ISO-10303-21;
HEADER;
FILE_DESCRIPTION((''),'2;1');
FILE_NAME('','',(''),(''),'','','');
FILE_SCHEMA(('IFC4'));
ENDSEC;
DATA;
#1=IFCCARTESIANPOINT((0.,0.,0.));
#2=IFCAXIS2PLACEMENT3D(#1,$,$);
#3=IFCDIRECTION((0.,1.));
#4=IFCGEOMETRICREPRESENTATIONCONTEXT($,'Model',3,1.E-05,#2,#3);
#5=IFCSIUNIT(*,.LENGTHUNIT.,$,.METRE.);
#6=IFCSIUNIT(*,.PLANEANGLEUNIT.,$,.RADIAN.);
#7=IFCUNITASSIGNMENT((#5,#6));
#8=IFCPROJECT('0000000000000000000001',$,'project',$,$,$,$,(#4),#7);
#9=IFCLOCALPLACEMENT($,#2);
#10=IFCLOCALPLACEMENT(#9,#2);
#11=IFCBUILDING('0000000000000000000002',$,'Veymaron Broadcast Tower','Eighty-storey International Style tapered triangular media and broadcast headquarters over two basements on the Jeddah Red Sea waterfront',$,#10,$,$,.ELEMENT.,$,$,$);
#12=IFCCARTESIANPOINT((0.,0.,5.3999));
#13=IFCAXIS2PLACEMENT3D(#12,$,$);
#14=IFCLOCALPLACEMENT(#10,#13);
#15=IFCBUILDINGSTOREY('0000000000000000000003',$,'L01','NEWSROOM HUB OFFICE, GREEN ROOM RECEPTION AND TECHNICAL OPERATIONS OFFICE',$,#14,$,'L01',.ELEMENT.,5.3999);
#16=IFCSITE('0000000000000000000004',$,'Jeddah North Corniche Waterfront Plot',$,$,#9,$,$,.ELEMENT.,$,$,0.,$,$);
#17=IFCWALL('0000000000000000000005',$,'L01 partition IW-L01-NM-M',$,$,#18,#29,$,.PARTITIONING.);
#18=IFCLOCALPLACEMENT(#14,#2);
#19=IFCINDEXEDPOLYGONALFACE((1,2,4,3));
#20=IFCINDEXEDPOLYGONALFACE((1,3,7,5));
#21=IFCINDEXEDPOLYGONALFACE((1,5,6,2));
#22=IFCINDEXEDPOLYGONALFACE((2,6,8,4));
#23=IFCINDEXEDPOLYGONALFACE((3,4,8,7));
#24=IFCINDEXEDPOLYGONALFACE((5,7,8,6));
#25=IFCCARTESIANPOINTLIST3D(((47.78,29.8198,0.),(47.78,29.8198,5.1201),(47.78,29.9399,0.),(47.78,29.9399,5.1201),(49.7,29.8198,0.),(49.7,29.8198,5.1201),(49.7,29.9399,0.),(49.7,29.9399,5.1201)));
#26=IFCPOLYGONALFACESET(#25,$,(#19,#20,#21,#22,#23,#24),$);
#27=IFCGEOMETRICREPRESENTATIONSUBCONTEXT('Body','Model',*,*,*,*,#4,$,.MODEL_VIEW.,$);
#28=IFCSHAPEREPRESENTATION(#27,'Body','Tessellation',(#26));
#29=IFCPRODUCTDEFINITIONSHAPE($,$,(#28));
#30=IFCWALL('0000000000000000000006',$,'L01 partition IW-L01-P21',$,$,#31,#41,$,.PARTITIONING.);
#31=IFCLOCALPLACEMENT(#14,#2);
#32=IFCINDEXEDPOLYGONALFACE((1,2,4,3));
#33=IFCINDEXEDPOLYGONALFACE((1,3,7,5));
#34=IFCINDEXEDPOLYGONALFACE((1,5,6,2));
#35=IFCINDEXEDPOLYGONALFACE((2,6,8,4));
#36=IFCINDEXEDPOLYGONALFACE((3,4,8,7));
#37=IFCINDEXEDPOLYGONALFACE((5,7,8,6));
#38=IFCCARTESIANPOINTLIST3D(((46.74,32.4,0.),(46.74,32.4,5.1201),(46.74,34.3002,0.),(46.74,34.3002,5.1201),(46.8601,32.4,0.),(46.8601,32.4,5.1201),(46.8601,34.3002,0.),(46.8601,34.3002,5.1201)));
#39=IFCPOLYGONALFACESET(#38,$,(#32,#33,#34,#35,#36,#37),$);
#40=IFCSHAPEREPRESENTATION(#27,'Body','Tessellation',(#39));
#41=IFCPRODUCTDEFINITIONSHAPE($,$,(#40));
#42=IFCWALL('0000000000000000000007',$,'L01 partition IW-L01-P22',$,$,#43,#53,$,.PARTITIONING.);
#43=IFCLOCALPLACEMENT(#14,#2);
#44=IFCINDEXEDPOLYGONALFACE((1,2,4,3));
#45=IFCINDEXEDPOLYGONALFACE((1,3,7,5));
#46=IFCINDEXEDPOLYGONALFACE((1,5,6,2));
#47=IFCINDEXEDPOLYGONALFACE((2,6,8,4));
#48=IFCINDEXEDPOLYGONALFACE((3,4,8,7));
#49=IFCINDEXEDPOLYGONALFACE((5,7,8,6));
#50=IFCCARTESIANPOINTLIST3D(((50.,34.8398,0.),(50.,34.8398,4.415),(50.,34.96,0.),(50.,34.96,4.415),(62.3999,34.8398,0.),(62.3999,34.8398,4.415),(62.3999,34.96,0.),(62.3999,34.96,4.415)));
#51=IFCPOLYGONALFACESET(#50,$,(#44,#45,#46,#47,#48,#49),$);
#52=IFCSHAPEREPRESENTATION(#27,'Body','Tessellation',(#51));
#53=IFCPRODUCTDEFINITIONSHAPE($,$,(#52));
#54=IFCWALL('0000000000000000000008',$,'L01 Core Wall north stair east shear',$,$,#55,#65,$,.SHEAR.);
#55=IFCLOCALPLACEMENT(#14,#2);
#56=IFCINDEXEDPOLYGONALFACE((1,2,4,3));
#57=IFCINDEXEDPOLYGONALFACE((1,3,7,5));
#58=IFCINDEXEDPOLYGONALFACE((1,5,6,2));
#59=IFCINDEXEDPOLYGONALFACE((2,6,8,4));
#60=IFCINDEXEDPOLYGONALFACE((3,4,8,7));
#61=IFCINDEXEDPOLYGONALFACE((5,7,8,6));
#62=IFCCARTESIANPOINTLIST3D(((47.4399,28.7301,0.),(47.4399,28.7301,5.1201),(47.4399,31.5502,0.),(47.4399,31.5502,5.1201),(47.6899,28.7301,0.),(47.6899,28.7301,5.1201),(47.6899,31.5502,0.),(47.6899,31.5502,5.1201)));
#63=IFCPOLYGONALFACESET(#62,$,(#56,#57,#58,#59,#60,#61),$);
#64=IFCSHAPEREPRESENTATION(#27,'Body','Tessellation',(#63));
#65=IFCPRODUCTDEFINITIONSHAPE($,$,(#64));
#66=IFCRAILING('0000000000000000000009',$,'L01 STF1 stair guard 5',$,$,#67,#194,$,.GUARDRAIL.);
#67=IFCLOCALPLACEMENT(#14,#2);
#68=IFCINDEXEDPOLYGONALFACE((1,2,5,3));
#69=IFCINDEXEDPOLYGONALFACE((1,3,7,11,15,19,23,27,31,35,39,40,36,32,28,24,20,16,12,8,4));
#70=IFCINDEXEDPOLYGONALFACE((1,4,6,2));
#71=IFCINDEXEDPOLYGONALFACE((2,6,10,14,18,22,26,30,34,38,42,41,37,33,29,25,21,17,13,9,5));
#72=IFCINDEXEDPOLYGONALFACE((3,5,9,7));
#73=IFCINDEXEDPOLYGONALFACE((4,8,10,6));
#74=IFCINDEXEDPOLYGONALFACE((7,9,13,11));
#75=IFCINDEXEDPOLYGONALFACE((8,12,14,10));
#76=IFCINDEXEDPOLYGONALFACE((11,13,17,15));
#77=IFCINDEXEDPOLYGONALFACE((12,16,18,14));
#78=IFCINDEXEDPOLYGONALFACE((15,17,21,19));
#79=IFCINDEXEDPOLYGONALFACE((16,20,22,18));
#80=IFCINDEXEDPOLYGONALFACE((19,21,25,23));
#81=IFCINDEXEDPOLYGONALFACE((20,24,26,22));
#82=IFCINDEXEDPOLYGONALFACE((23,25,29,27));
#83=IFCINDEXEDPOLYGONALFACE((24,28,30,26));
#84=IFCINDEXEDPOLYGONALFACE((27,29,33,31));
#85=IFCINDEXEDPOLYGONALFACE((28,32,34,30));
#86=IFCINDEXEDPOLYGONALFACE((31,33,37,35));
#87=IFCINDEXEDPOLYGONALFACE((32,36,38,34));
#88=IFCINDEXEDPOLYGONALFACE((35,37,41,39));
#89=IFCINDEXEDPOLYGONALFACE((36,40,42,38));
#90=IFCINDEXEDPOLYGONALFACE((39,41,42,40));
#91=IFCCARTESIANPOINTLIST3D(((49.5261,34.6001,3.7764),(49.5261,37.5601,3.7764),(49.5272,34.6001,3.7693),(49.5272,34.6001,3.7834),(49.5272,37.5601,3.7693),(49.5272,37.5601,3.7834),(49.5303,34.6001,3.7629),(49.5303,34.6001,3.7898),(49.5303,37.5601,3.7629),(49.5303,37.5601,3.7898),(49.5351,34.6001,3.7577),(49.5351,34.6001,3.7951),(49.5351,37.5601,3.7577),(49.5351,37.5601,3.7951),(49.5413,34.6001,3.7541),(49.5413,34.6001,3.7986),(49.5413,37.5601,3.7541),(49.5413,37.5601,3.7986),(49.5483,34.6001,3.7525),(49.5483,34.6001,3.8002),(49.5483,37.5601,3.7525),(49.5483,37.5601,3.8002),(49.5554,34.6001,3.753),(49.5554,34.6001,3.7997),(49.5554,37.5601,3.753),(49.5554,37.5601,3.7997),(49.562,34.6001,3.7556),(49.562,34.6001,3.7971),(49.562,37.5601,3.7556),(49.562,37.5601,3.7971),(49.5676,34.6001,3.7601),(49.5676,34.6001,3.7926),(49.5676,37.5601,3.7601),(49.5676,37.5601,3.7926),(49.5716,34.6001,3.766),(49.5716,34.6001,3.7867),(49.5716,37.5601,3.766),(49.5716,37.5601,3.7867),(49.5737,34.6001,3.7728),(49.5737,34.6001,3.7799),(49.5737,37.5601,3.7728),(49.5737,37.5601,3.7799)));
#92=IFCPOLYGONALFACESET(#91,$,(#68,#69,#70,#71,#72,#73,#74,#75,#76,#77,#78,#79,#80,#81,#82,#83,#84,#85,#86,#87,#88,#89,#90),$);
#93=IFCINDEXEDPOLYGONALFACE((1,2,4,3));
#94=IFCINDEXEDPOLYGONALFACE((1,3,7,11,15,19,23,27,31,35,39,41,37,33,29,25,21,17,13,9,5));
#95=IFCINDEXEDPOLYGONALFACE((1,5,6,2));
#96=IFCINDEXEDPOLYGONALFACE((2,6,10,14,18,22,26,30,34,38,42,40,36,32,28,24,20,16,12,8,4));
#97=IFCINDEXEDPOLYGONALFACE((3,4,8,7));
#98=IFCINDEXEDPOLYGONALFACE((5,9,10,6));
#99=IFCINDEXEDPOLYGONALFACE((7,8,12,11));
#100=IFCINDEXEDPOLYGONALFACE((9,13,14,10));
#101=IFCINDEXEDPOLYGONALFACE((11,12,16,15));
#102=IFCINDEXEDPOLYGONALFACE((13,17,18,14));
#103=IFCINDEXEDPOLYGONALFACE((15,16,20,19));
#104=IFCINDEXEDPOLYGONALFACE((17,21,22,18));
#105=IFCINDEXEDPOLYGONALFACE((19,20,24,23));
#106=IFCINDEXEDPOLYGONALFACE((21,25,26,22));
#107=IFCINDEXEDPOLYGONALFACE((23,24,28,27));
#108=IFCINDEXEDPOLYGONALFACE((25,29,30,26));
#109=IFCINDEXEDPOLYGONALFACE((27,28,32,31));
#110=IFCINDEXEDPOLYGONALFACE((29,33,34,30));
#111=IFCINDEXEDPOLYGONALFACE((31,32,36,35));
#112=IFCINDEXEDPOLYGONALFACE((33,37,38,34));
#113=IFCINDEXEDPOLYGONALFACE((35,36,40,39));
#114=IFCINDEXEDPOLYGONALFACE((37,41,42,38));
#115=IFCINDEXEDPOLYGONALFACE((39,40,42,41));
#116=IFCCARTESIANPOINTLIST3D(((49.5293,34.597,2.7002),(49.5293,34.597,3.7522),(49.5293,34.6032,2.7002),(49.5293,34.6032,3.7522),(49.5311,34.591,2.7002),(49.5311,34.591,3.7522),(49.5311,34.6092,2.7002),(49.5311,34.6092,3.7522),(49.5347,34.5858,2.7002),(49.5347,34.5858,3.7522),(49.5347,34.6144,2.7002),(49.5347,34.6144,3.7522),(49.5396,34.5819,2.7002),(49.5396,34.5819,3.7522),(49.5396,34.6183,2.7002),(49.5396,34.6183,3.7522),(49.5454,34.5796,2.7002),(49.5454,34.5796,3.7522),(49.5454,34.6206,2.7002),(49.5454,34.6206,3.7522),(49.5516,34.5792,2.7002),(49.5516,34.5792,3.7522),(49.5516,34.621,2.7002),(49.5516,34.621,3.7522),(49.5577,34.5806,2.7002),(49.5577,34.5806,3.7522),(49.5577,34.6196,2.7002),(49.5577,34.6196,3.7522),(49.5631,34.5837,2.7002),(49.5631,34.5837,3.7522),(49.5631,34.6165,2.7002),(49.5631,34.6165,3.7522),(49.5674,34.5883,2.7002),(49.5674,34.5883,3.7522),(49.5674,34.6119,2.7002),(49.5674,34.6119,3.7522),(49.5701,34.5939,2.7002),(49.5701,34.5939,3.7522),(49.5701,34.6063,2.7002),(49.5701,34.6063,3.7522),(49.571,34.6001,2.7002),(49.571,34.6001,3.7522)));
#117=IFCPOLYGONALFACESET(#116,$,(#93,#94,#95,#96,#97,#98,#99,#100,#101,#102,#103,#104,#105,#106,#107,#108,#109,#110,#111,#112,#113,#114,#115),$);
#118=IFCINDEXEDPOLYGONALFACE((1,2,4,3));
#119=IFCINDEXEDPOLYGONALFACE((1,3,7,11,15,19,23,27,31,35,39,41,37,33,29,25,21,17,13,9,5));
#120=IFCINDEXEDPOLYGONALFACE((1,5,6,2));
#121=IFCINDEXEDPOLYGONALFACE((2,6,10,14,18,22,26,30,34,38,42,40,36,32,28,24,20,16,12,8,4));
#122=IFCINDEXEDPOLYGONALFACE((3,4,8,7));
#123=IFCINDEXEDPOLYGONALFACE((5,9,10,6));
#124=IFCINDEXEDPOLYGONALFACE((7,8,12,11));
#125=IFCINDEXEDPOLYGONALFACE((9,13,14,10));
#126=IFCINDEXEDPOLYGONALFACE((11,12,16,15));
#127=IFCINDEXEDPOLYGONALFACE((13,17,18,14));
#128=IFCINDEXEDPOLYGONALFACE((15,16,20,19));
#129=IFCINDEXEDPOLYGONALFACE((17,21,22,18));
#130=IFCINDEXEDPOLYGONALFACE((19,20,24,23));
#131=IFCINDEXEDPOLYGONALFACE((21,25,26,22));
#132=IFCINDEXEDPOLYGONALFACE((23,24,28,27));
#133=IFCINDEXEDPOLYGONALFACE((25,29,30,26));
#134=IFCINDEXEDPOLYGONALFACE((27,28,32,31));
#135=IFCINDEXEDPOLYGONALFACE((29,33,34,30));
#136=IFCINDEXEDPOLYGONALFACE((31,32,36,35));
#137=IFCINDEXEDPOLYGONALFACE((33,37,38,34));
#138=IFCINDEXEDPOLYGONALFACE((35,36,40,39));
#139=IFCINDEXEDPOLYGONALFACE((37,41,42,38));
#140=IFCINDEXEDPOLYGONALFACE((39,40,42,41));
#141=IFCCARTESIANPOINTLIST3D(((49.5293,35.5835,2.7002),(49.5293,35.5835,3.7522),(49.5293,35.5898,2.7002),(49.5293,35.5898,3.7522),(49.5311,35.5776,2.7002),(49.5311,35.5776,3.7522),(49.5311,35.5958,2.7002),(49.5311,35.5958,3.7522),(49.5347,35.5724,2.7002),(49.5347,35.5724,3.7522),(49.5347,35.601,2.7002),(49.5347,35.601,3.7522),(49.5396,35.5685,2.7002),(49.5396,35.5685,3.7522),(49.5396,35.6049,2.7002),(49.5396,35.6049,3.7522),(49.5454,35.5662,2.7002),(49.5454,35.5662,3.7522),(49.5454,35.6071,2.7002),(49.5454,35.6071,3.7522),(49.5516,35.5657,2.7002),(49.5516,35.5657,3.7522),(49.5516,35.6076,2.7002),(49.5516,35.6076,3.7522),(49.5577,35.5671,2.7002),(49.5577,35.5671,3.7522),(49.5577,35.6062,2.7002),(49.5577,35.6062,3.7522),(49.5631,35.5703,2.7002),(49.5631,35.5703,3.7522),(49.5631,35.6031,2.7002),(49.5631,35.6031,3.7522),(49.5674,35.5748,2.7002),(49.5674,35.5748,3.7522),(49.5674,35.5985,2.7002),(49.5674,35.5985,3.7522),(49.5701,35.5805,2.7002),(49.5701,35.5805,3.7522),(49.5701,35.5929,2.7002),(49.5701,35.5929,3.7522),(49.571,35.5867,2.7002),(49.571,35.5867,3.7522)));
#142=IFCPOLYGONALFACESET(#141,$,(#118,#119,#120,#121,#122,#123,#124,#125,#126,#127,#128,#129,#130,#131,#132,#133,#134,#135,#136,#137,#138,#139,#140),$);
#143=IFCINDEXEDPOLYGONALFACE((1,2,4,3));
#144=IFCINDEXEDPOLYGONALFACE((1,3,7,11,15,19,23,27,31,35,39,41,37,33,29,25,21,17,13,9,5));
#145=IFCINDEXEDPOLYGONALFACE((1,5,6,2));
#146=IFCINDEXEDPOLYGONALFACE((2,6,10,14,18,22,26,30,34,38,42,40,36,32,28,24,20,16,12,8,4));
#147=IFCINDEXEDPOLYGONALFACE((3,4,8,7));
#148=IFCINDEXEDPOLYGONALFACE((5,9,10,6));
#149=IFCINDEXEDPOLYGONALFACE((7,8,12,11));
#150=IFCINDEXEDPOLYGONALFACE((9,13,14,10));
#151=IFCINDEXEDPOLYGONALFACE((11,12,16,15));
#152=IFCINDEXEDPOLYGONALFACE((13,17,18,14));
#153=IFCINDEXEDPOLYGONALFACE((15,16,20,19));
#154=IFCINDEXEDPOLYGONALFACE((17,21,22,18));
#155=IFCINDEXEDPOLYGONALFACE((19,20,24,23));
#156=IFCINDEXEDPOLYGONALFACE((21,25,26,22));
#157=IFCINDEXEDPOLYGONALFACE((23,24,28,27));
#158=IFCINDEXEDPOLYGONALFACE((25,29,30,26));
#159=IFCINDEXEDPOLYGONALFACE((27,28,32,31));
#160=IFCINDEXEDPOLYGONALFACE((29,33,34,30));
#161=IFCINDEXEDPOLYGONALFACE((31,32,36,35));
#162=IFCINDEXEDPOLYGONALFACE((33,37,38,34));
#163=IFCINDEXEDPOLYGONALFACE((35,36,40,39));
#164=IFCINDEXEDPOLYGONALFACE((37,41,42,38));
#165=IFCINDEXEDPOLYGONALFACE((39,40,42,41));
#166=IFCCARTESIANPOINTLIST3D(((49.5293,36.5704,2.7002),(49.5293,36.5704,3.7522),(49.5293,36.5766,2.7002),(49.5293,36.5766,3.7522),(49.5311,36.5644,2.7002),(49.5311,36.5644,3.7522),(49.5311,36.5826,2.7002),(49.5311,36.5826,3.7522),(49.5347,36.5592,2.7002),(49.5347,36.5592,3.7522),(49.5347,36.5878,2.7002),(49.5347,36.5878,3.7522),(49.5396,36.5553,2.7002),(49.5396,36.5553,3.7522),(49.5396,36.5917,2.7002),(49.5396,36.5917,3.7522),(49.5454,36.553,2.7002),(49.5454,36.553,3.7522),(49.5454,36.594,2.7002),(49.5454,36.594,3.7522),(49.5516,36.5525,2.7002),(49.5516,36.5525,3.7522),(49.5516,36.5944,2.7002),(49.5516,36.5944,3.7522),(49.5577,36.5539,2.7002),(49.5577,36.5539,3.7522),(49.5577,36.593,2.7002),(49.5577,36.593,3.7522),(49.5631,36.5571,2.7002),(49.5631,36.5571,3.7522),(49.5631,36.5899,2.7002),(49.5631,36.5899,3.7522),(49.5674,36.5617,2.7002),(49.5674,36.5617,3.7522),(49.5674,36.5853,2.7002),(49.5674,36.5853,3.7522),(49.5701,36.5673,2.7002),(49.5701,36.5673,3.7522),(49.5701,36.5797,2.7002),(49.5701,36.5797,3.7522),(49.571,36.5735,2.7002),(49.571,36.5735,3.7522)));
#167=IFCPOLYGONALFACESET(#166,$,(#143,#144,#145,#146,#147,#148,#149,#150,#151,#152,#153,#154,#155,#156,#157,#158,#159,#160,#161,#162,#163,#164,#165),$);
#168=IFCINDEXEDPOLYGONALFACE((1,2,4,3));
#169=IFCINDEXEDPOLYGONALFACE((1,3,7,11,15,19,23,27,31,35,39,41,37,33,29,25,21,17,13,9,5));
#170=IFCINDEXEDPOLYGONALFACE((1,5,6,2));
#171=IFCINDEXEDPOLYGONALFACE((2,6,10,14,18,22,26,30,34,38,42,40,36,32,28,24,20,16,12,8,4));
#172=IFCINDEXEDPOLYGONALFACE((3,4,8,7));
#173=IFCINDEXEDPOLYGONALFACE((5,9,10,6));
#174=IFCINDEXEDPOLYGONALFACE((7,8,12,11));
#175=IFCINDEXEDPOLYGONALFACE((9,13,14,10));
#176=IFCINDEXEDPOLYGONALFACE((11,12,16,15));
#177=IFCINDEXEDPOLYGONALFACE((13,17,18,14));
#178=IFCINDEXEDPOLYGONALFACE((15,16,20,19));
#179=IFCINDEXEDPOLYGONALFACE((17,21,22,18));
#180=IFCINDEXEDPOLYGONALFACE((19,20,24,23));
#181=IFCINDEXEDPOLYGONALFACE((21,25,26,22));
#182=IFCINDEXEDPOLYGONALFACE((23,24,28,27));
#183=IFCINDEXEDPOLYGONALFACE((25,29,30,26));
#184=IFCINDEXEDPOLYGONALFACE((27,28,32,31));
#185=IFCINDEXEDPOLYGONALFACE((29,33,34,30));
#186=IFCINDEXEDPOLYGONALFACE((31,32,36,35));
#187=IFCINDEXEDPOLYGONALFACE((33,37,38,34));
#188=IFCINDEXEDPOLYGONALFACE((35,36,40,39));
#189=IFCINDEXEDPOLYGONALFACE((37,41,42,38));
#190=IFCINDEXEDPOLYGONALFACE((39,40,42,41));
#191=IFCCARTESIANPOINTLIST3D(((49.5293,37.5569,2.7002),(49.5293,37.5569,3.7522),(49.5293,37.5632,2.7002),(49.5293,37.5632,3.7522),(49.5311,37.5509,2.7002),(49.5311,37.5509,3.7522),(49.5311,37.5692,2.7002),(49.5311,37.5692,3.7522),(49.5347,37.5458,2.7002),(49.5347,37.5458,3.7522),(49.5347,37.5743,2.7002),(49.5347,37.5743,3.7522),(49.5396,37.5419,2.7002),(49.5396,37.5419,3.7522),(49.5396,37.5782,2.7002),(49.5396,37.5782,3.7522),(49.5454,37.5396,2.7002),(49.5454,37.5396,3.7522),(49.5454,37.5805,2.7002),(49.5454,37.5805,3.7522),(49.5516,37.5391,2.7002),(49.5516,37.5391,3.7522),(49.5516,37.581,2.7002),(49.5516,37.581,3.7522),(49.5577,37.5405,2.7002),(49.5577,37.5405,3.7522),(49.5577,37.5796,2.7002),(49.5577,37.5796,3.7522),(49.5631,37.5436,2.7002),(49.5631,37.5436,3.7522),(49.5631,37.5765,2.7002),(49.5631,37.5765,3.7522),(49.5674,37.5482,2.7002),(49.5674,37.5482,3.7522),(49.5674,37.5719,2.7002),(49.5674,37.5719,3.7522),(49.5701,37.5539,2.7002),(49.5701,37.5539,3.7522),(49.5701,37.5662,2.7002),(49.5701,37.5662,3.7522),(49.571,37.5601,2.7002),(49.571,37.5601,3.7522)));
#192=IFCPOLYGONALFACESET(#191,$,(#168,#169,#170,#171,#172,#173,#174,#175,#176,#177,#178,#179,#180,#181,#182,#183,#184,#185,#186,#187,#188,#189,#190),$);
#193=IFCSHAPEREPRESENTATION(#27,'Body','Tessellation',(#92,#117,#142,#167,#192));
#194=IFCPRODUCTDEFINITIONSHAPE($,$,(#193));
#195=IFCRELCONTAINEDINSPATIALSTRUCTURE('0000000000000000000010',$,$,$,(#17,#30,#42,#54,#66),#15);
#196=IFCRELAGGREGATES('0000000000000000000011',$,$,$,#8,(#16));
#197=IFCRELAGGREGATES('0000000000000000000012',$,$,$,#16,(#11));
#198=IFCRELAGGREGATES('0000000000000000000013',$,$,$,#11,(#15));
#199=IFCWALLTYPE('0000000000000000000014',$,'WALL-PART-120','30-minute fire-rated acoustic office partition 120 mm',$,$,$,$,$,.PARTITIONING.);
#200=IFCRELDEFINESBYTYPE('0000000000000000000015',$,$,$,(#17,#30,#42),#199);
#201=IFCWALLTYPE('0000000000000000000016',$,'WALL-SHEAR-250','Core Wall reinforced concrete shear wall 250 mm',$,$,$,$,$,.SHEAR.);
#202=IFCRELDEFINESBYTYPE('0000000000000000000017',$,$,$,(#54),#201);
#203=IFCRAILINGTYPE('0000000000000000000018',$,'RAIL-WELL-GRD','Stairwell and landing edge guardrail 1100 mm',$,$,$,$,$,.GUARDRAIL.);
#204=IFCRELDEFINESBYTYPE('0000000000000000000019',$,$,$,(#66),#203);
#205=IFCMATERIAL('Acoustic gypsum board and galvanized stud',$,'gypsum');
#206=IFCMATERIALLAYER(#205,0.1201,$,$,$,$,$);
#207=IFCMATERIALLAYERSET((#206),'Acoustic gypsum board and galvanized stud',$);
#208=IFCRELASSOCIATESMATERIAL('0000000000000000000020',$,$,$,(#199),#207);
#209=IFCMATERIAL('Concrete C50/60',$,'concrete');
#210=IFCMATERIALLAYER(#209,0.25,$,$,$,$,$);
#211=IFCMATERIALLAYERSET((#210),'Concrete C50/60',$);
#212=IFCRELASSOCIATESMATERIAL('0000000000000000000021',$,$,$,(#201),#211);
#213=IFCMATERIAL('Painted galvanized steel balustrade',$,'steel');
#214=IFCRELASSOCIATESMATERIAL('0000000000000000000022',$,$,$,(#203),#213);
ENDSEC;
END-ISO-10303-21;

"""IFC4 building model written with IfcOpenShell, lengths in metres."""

from ifc_helpers import new_model, si_unit, direction, frame, frame_2d, origin, origin_2d, place, context, subcontext, project, spatial, rectangle, circle, extrude, material, layer, layer_set, type_object, element, save


model = new_model("IFC4")

# Units and contexts
model_context = context("Model", 3, precision=1e-05, world=origin(), true_north=direction((0.0, 1.0)))
body_context = subcontext(model_context, "Body", "Model", "MODEL_VIEW")
ifc_project = project(units=[si_unit("LENGTHUNIT", "METRE"), si_unit("PLANEANGLEUNIT", "RADIAN")], contexts=[model_context])

# Site, building, storey
site_placement = place(None, origin())
site = spatial("IfcSite", under=ifc_project, at=site_placement, Name="Jeddah North Corniche Waterfront Plot", CompositionType="ELEMENT", RefElevation=0.0)
building_placement = place(site_placement, origin())
building = spatial("IfcBuilding", under=site, at=building_placement, Name="Veymaron Broadcast Tower", Description="Eighty-storey International Style tapered triangular media and broadcast headquarters over two basements on the Jeddah Red Sea waterfront", CompositionType="ELEMENT")
storey_placement = place(building_placement, frame((0.0, 0.0, 5.3999)))
storey = spatial("IfcBuildingStorey", under=building, at=storey_placement, Name="L01", Description="NEWSROOM HUB OFFICE, GREEN ROOM RECEPTION AND TECHNICAL OPERATIONS OFFICE", LongName="L01", CompositionType="ELEMENT", Elevation=5.3999)

# Wall
ifc_material_1 = material(Name="Acoustic gypsum board and galvanized stud", Category="gypsum")
ifc_layer_1 = layer(ifc_material_1, 0.1201)
ifc_layer_set_1 = layer_set([ifc_layer_1], Name="Acoustic gypsum board and galvanized stud")
wall_type_1 = type_object("IfcWallType", Name="WALL-PART-120", Description="30-minute fire-rated acoustic office partition 120 mm", PredefinedType="PARTITIONING", material=ifc_layer_set_1)
wall_1_placement = place(storey_placement, frame((47.78, 29.8799, 0.0), z_axis=(0.0, 0.0, 1.0), x_axis=(1.0, 0.0, 0.0)))
element("IfcWall", 1, at=wall_1_placement, inside=storey, type_object=wall_type_1, Name="L01 partition IW-L01-NM-M", PredefinedType="PARTITIONING", context=body_context, shape_type="SweptSolid", body=[
    extrude(rectangle(XDim=1.9199, YDim=0.1201, at=frame_2d((0.96, 0.0))), origin(), (0.0, 0.0, 1.0), 5.1201),
])

# Walls
wall_2_placement = place(storey_placement, frame((46.8, 32.3999, 0.0), z_axis=(0.0, 0.0, 1.0), x_axis=(0.0, 1.0, 0.0)))
element("IfcWall", 2, at=wall_2_placement, inside=storey, type_object=wall_type_1, Name="L01 partition IW-L01-P21", PredefinedType="PARTITIONING", context=body_context, shape_type="SweptSolid", body=[
    extrude(rectangle(XDim=1.9001, YDim=0.1201, at=frame_2d((0.9502, 0.0))), origin(), (0.0, 0.0, 1.0), 5.1201),
])
wall_3_placement = place(storey_placement, frame((50.0, 34.8999, 0.0), z_axis=(0.0, 0.0, 1.0), x_axis=(1.0, 0.0, 0.0)))
element("IfcWall", 3, at=wall_3_placement, inside=storey, type_object=wall_type_1, Name="L01 partition IW-L01-P22", PredefinedType="PARTITIONING", context=body_context, shape_type="SweptSolid", body=[
    extrude(rectangle(XDim=12.3999, YDim=0.1201, at=frame_2d((6.2, 0.0))), origin(), (0.0, 0.0, 1.0), 4.415),
])
ifc_material_2 = material(Name="Concrete C50/60", Category="concrete")
ifc_layer_2 = layer(ifc_material_2, 0.25)
ifc_layer_set_2 = layer_set([ifc_layer_2], Name="Concrete C50/60")
wall_type_2 = type_object("IfcWallType", Name="WALL-SHEAR-250", Description="Core Wall reinforced concrete shear wall 250 mm", PredefinedType="SHEAR", material=ifc_layer_set_2)
wall_4_placement = place(storey_placement, frame((47.5649, 28.73, 0.0), z_axis=(0.0, 0.0, 1.0), x_axis=(0.0, 1.0, 0.0)))
element("IfcWall", 4, at=wall_4_placement, inside=storey, type_object=wall_type_2, Name="L01 Core Wall north stair east shear", PredefinedType="SHEAR", context=body_context, shape_type="SweptSolid", body=[
    extrude(rectangle(XDim=2.8201, YDim=0.25, at=frame_2d((1.4102, 0.0))), origin(), (0.0, 0.0, 1.0), 5.1201),
])

# Railing
ifc_material_3 = material(Name="Painted galvanized steel balustrade", Category="steel")
railing_type = type_object("IfcRailingType", Name="RAIL-WELL-GRD", Description="Stairwell and landing edge guardrail 1100 mm", PredefinedType="GUARDRAIL", material=ifc_material_3)
railing_1_placement = place(storey_placement, frame((49.55, 34.6001, 2.7002)))
element("IfcRailing", 5, at=railing_1_placement, inside=storey, type_object=railing_type, Name="L01 STF1 stair guard 5", PredefinedType="GUARDRAIL", context=body_context, shape_type="SweptSolid", body=[
    extrude(circle(Radius=0.0239, at=origin_2d()), frame((0.0, 0.0, 1.0762), z_axis=(0.0, 1.0, 0.0), x_axis=(-1.0, 0.0, 0.0)), (0.0, 0.0, 1.0), 2.96),
    extrude(circle(Radius=0.021, at=origin_2d()), origin(), (0.0, 0.0, 1.0), 1.052),
    extrude(circle(Radius=0.021, at=origin_2d()), frame((0.0, 0.9866, 0.0)), (0.0, 0.0, 1.0), 1.052),
    extrude(circle(Radius=0.021, at=origin_2d()), frame((0.0, 1.9734, 0.0)), (0.0, 0.0, 1.0), 1.052),
    extrude(circle(Radius=0.021, at=origin_2d()), frame((0.0, 2.96, 0.0)), (0.0, 0.0, 1.0), 1.052),
])

save(model, "model.ifc")
